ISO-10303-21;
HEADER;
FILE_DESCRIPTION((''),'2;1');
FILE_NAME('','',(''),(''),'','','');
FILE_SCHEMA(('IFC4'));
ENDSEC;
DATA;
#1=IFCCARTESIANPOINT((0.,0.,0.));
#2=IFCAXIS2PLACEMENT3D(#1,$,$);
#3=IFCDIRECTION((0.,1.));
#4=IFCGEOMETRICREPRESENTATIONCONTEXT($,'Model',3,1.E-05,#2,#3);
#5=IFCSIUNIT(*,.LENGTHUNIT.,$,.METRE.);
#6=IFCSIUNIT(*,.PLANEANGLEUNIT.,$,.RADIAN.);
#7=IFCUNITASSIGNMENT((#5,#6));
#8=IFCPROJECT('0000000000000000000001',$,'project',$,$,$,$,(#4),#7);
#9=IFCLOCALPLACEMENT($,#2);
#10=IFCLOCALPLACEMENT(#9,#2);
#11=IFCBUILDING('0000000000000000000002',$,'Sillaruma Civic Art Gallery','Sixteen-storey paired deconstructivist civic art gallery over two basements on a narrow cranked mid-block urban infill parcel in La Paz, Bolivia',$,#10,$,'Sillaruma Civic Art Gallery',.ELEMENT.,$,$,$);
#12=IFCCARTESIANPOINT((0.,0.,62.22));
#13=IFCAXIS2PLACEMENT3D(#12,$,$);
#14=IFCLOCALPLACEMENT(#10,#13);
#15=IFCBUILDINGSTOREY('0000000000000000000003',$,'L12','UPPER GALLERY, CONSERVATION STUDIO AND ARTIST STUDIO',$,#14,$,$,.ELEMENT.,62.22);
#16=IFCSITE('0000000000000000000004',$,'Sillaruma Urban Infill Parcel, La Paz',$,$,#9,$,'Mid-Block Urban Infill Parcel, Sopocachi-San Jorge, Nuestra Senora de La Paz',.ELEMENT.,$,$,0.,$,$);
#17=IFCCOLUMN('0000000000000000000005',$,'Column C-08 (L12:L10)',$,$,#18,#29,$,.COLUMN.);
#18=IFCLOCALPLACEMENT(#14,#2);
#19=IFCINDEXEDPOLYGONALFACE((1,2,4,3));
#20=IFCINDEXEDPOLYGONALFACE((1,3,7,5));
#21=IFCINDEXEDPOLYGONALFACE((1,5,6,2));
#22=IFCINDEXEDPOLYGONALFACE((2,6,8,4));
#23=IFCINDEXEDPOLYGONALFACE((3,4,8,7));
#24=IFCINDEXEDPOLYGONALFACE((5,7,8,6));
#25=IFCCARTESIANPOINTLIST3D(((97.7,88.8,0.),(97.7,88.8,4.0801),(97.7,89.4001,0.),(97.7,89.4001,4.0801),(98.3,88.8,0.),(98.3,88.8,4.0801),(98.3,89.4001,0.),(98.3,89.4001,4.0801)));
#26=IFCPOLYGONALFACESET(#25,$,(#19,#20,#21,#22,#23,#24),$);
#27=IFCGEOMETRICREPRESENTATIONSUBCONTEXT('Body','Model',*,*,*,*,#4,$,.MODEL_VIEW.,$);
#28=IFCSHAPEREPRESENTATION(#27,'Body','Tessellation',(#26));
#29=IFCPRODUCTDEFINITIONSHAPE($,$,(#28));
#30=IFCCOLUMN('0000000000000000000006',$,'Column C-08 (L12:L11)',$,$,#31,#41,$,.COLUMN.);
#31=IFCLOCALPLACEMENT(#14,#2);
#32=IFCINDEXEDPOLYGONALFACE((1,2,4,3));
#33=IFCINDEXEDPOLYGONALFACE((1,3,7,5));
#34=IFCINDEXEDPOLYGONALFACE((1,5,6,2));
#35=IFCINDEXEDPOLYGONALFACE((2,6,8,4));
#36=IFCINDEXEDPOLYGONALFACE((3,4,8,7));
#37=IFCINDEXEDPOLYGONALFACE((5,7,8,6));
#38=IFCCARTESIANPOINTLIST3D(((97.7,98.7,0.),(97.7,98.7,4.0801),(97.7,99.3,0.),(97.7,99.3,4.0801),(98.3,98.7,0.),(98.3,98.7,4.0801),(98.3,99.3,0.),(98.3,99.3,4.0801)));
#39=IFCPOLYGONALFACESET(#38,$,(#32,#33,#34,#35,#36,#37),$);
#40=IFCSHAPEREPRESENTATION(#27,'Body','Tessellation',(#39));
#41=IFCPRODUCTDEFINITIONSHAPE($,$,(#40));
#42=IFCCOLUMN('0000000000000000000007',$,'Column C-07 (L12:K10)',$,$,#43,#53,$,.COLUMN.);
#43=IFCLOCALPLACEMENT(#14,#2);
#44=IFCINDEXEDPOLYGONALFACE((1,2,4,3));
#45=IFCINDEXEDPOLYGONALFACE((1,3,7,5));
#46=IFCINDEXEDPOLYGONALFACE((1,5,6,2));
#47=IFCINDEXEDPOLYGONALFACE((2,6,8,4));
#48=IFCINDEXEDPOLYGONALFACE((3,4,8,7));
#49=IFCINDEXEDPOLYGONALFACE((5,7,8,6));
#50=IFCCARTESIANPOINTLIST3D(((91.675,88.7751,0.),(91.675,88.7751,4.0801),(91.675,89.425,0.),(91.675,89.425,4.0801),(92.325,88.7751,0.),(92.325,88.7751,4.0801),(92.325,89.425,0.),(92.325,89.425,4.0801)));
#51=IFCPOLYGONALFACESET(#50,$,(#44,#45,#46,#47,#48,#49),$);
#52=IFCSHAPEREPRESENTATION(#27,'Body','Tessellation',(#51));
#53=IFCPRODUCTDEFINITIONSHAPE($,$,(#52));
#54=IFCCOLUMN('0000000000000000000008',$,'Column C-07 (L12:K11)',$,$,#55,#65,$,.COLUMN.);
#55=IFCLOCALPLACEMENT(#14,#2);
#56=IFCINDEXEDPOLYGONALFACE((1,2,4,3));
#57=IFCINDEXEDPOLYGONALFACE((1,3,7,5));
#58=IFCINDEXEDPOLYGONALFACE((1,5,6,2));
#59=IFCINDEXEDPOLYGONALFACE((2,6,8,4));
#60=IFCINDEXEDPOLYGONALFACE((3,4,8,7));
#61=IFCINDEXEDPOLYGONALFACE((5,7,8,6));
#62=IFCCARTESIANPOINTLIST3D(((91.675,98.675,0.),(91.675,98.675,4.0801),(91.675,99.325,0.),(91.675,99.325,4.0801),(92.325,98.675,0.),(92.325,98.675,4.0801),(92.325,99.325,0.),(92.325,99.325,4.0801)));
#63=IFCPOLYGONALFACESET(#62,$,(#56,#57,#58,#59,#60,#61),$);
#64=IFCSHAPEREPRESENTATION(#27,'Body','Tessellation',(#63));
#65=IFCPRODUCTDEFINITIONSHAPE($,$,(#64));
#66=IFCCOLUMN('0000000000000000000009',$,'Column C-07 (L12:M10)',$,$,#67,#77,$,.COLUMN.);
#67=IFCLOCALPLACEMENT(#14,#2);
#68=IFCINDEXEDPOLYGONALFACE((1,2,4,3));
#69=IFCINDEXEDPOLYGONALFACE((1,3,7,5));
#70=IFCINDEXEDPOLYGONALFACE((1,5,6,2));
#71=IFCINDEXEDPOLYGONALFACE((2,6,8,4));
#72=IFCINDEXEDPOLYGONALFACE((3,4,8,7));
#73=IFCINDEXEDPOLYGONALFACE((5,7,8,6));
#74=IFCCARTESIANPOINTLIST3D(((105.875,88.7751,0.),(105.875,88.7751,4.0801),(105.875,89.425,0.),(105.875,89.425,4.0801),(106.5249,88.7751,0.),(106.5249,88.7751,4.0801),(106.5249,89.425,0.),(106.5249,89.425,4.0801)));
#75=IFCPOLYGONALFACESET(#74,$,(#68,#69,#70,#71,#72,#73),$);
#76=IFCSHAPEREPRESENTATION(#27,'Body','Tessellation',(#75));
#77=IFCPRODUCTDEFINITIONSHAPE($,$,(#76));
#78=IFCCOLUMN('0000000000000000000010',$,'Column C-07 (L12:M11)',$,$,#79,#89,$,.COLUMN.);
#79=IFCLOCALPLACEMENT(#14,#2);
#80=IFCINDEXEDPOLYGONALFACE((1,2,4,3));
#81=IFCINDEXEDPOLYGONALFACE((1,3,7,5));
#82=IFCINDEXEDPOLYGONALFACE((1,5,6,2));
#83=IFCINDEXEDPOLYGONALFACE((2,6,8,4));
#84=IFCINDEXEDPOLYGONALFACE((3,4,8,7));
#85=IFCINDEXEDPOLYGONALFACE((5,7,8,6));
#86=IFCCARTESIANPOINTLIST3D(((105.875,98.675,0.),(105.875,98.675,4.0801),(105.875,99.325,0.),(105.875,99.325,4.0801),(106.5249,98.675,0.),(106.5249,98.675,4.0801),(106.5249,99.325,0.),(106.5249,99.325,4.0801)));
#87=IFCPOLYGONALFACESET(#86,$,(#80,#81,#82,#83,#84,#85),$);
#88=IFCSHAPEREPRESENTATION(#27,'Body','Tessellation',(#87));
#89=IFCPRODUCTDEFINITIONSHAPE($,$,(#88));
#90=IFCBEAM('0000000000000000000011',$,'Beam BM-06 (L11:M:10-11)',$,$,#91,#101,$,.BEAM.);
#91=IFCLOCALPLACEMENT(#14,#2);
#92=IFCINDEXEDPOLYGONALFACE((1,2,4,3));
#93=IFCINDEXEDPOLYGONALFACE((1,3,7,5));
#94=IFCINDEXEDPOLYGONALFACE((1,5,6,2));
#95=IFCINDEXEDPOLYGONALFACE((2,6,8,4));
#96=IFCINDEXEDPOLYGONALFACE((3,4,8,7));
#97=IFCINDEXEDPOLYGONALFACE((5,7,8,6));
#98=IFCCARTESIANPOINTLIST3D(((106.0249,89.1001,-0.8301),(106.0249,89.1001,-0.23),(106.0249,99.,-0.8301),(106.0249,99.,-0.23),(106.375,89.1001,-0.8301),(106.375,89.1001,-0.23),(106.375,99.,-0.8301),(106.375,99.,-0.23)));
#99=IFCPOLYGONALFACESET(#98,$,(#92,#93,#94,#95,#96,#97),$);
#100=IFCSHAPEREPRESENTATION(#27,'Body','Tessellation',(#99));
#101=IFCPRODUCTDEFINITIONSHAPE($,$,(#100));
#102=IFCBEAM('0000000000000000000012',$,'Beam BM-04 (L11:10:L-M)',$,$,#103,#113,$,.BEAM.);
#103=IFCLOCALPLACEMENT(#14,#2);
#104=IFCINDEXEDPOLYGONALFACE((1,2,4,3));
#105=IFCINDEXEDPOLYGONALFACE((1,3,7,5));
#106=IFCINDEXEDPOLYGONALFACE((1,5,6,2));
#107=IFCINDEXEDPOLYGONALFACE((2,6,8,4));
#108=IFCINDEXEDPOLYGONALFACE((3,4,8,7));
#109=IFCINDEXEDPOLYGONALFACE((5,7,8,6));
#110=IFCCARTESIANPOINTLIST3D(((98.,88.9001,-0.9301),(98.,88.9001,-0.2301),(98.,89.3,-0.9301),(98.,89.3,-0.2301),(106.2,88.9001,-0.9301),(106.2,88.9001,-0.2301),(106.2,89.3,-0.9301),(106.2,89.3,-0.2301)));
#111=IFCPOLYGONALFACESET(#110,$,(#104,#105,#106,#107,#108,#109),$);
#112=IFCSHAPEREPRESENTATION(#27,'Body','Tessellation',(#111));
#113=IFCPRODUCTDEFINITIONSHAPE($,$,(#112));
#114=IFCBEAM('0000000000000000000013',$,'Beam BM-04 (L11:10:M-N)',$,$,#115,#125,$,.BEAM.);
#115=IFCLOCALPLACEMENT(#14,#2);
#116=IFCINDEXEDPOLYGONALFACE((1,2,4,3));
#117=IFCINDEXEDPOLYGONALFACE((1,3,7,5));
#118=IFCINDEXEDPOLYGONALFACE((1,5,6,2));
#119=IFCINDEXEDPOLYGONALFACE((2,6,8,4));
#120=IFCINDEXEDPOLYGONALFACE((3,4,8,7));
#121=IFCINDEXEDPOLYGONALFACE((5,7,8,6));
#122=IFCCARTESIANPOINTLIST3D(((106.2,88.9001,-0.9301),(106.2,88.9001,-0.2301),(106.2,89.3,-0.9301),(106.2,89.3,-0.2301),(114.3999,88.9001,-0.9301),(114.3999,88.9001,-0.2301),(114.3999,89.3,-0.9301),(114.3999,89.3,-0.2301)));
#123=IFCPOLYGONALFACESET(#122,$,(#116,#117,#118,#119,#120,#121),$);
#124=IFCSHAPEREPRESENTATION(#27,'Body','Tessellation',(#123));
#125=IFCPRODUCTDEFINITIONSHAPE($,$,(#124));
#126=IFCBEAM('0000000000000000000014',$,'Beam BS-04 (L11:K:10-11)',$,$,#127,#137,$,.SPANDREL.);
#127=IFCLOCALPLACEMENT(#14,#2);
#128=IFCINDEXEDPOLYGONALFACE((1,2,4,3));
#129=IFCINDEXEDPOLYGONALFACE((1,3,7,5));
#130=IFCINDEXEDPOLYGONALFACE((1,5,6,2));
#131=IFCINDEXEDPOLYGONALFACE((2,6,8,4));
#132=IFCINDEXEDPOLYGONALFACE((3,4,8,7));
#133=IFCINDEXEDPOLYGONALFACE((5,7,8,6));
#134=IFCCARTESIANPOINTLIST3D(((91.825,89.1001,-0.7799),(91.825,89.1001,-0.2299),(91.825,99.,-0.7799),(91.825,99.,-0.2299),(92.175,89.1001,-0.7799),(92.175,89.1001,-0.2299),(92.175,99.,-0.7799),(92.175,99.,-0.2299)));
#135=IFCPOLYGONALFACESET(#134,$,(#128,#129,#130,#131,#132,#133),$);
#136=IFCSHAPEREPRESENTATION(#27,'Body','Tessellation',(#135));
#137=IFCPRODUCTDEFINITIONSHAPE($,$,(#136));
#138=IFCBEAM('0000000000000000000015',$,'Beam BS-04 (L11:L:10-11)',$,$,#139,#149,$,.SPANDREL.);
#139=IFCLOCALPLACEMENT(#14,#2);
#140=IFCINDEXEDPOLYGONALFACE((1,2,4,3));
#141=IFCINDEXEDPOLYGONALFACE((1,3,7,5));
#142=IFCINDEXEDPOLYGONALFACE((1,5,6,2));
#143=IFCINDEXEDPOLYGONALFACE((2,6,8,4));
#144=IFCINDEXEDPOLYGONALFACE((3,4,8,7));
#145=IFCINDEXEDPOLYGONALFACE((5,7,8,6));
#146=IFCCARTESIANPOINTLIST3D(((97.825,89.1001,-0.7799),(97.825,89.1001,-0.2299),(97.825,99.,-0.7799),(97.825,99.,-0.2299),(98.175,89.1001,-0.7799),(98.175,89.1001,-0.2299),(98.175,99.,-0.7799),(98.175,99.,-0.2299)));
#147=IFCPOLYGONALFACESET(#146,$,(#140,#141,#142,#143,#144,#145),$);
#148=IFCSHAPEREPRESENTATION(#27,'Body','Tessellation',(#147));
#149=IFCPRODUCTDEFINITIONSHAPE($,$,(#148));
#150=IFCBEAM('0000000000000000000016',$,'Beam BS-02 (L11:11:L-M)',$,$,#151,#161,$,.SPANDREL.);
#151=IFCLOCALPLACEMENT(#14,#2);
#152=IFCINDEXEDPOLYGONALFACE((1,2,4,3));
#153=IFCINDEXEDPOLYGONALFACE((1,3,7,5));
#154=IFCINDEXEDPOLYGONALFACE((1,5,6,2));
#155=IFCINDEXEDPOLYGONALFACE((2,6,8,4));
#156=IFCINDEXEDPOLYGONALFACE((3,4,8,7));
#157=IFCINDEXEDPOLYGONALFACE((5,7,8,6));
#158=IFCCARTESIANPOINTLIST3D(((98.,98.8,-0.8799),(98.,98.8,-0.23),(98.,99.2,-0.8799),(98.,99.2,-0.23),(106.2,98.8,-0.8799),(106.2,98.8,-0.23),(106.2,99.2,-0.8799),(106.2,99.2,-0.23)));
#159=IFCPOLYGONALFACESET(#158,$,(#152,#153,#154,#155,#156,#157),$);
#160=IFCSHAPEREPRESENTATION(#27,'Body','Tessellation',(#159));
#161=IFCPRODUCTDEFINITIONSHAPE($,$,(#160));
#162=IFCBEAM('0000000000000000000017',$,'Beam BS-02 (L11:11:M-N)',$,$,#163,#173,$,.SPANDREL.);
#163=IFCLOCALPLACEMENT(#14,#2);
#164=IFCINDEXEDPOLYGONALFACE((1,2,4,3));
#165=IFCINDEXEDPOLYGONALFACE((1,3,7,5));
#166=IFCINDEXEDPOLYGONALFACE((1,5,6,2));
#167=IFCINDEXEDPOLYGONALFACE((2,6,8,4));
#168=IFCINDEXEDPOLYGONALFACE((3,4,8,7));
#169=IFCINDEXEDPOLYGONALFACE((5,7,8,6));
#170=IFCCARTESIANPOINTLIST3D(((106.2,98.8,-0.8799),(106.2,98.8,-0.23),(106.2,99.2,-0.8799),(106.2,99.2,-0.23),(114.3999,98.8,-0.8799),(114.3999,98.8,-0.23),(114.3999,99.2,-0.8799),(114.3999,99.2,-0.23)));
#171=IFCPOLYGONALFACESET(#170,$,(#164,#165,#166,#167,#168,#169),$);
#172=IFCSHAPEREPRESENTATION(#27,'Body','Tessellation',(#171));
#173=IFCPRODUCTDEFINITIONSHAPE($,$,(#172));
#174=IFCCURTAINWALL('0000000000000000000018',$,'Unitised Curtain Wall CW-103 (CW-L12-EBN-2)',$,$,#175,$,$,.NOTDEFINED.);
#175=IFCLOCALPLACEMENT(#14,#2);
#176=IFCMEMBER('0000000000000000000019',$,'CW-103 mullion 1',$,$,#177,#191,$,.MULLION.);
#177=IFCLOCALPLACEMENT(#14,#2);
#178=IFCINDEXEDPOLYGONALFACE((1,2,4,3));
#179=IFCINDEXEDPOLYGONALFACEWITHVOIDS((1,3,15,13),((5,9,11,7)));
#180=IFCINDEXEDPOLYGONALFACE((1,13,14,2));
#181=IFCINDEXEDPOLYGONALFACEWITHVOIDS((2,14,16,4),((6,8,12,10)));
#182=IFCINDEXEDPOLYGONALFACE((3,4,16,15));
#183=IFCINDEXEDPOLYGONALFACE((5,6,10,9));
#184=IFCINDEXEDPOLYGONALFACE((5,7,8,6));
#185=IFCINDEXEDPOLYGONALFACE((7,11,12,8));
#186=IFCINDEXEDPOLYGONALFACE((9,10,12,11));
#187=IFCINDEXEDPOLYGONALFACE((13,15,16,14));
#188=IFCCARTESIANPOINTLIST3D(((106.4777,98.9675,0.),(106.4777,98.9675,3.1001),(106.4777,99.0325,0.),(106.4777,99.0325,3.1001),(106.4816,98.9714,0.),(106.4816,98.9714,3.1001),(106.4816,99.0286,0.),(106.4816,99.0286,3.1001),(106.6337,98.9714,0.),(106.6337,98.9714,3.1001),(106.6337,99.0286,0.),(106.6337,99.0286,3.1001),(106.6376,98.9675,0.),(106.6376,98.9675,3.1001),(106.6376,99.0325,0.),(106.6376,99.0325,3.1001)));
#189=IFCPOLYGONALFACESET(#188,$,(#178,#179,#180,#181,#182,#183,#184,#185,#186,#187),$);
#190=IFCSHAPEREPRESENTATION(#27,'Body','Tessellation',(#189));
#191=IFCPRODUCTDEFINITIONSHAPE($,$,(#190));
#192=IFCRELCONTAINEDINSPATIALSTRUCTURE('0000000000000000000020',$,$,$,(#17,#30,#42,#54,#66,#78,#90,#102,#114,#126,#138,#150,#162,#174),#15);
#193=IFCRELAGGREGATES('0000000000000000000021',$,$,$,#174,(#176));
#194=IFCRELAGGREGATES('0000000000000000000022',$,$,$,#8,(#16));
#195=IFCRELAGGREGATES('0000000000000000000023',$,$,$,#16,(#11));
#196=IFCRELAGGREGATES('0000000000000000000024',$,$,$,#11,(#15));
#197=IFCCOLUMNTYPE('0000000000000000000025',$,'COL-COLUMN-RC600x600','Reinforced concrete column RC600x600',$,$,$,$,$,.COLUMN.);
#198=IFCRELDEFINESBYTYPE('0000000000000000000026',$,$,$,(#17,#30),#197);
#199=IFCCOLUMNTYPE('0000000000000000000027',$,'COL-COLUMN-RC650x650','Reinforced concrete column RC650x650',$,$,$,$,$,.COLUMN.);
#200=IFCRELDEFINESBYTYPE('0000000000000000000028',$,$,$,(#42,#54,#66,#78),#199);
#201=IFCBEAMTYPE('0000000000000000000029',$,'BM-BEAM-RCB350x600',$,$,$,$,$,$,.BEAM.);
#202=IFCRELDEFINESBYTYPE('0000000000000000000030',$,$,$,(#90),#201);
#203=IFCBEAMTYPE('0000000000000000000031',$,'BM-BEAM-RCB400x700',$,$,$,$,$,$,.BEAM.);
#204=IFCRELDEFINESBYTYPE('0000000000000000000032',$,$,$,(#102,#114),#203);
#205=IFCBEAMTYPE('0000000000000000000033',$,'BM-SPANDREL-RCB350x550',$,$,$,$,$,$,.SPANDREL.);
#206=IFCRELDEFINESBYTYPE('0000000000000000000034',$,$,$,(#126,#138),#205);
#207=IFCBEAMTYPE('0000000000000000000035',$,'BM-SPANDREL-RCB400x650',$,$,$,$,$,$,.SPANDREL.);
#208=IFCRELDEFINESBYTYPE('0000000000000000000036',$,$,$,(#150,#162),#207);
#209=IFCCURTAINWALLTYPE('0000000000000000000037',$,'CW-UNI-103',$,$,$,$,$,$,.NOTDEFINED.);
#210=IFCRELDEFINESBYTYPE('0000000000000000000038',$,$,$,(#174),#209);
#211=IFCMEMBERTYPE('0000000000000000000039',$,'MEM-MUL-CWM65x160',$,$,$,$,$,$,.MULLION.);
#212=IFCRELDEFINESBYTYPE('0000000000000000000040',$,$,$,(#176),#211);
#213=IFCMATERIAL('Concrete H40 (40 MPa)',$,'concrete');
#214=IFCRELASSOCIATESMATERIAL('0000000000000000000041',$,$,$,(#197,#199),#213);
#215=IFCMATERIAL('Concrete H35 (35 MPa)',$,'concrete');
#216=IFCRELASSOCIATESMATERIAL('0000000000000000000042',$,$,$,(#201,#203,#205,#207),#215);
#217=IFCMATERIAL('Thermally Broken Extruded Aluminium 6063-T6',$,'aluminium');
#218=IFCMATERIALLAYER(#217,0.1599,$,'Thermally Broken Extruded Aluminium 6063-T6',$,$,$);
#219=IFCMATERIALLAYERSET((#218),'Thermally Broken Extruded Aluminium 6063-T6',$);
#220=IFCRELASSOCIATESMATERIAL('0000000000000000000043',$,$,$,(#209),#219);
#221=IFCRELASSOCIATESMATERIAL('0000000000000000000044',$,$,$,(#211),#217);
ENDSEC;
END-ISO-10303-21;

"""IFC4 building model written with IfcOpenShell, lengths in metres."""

from ifc_helpers import new_model, si_unit, direction, frame, origin, origin_2d, place, context, subcontext, project, spatial, rectangle, hollow_rectangle, extrude, material, layer, layer_set, material_profile, profile_set, type_object, element, aggregate, save


model = new_model("IFC4")

# Units and contexts
model_context = context("Model", 3, precision=1e-05, world=origin(), true_north=direction((0.0, 1.0)))
body_context = subcontext(model_context, "Body", "Model", "MODEL_VIEW")
ifc_project = project(units=[si_unit("LENGTHUNIT", "METRE"), si_unit("PLANEANGLEUNIT", "RADIAN")], contexts=[model_context])

# Site, building, storey
site_placement = place(None, origin())
site = spatial("IfcSite", under=ifc_project, at=site_placement, Name="Sillaruma Urban Infill Parcel, La Paz", LongName="Mid-Block Urban Infill Parcel, Sopocachi-San Jorge, Nuestra Senora de La Paz", CompositionType="ELEMENT", RefElevation=0.0)
building_placement = place(site_placement, origin())
building = spatial("IfcBuilding", under=site, at=building_placement, Name="Sillaruma Civic Art Gallery", Description="Sixteen-storey paired deconstructivist civic art gallery over two basements on a narrow cranked mid-block urban infill parcel in La Paz, Bolivia", LongName="Sillaruma Civic Art Gallery", CompositionType="ELEMENT")
storey_placement = place(building_placement, frame((0.0, 0.0, 62.22)))
storey = spatial("IfcBuildingStorey", under=building, at=storey_placement, Name="L12", Description="UPPER GALLERY, CONSERVATION STUDIO AND ARTIST STUDIO", CompositionType="ELEMENT", Elevation=62.22)

# Columns
ifc_material_1 = material(Name="Concrete H40 (40 MPa)", Category="concrete")
ifc_material_profile_1 = material_profile(ifc_material_1, rectangle(XDim=0.6001, YDim=0.6001, at=origin_2d()), Name="RC600x600")
ifc_profile_set_1 = profile_set([ifc_material_profile_1], Name="Concrete H40 (40 MPa)")
column_type_1 = type_object("IfcColumnType", Name="COL-COLUMN-RC600x600", Description="Reinforced concrete column RC600x600", PredefinedType="COLUMN", material=ifc_profile_set_1)
for number, where, z_axis, x_axis, name in (
    (1, (98.0, 89.1001, 0.0), (0.0, 0.0, 1.0), (1.0, 0.0, 0.0), "Column C-08 (L12:L10)"),
    (2, (98.0, 99.0, 0.0), (0.0, 0.0, 1.0), (1.0, 0.0, 0.0), "Column C-08 (L12:L11)"),
):
    element("IfcColumn", number, at=place(storey_placement, frame(where, z_axis=z_axis, x_axis=x_axis)), inside=storey, type_object=column_type_1, Name=name, PredefinedType="COLUMN", context=body_context, shape_type="SweptSolid", body=[
        extrude(rectangle(XDim=0.6001, YDim=0.6001, at=origin_2d()), origin(), (0.0, 0.0, 1.0), 4.0801),
    ])
ifc_material_profile_2 = material_profile(ifc_material_1, rectangle(XDim=0.6499, YDim=0.6499, at=origin_2d()), Name="RC650x650")
ifc_profile_set_2 = profile_set([ifc_material_profile_2], Name="Concrete H40 (40 MPa)")
column_type_2 = type_object("IfcColumnType", Name="COL-COLUMN-RC650x650", Description="Reinforced concrete column RC650x650", PredefinedType="COLUMN", material=ifc_profile_set_2)
for number, where, z_axis, x_axis, name in (
    (3, (92.0, 89.1001, 0.0), (0.0, 0.0, 1.0), (1.0, 0.0, 0.0), "Column C-07 (L12:K10)"),
    (4, (92.0, 99.0, 0.0), (0.0, 0.0, 1.0), (1.0, 0.0, 0.0), "Column C-07 (L12:K11)"),
    (5, (106.2, 89.1001, 0.0), (0.0, 0.0, 1.0), (1.0, 0.0, 0.0), "Column C-07 (L12:M10)"),
    (6, (106.2, 99.0, 0.0), (0.0, 0.0, 1.0), (1.0, 0.0, 0.0), "Column C-07 (L12:M11)"),
):
    element("IfcColumn", number, at=place(storey_placement, frame(where, z_axis=z_axis, x_axis=x_axis)), inside=storey, type_object=column_type_2, Name=name, PredefinedType="COLUMN", context=body_context, shape_type="SweptSolid", body=[
        extrude(rectangle(XDim=0.6499, YDim=0.6499, at=origin_2d()), origin(), (0.0, 0.0, 1.0), 4.0801),
    ])

# Beams
ifc_material_2 = material(Name="Concrete H35 (35 MPa)", Category="concrete")
ifc_material_profile_3 = material_profile(ifc_material_2, rectangle(XDim=0.3501, YDim=0.6001, at=origin_2d()), Name="RCB350x600")
ifc_profile_set_3 = profile_set([ifc_material_profile_3], Name="Concrete H35 (35 MPa)")
beam_type_1 = type_object("IfcBeamType", Name="BM-BEAM-RCB350x600", PredefinedType="BEAM", material=ifc_profile_set_3)
beam_placement = place(storey_placement, frame((106.2, 89.1001, -0.53), z_axis=(0.0, 1.0, 0.0), x_axis=(-1.0, 0.0, 0.0)))
element("IfcBeam", 7, at=beam_placement, inside=storey, type_object=beam_type_1, Name="Beam BM-06 (L11:M:10-11)", PredefinedType="BEAM", context=body_context, shape_type="SweptSolid", body=[
    extrude(rectangle(XDim=0.3501, YDim=0.6001, at=origin_2d()), origin(), (0.0, 0.0, 1.0), 9.8999),
])
ifc_material_profile_4 = material_profile(ifc_material_2, rectangle(XDim=0.3999, YDim=0.7, at=origin_2d()), Name="RCB400x700")
ifc_profile_set_4 = profile_set([ifc_material_profile_4], Name="Concrete H35 (35 MPa)")
beam_type_2 = type_object("IfcBeamType", Name="BM-BEAM-RCB400x700", PredefinedType="BEAM", material=ifc_profile_set_4)
for number, where, z_axis, x_axis, name in (
    (8, (98.0, 89.1001, -0.5801), (1.0, 0.0, 0.0), (0.0, 1.0, 0.0), "Beam BM-04 (L11:10:L-M)"),
    (9, (106.2, 89.1001, -0.5801), (1.0, 0.0, 0.0), (0.0, 1.0, 0.0), "Beam BM-04 (L11:10:M-N)"),
):
    element("IfcBeam", number, at=place(storey_placement, frame(where, z_axis=z_axis, x_axis=x_axis)), inside=storey, type_object=beam_type_2, Name=name, PredefinedType="BEAM", context=body_context, shape_type="SweptSolid", body=[
        extrude(rectangle(XDim=0.3999, YDim=0.7, at=origin_2d()), origin(), (0.0, 0.0, 1.0), 8.2),
    ])
ifc_material_profile_5 = material_profile(ifc_material_2, rectangle(XDim=0.3501, YDim=0.55, at=origin_2d()), Name="RCB350x550")
ifc_profile_set_5 = profile_set([ifc_material_profile_5], Name="Concrete H35 (35 MPa)")
beam_type_3 = type_object("IfcBeamType", Name="BM-SPANDREL-RCB350x550", PredefinedType="SPANDREL", material=ifc_profile_set_5)
for number, where, z_axis, x_axis, name in (
    (10, (92.0, 89.1001, -0.5049), (0.0, 1.0, 0.0), (-1.0, 0.0, 0.0), "Beam BS-04 (L11:K:10-11)"),
    (11, (98.0, 89.1001, -0.5049), (0.0, 1.0, 0.0), (-1.0, 0.0, 0.0), "Beam BS-04 (L11:L:10-11)"),
):
    element("IfcBeam", number, at=place(storey_placement, frame(where, z_axis=z_axis, x_axis=x_axis)), inside=storey, type_object=beam_type_3, Name=name, PredefinedType="SPANDREL", context=body_context, shape_type="SweptSolid", body=[
        extrude(rectangle(XDim=0.3501, YDim=0.55, at=origin_2d()), origin(), (0.0, 0.0, 1.0), 9.8999),
    ])
ifc_material_profile_6 = material_profile(ifc_material_2, rectangle(XDim=0.3999, YDim=0.6499, at=origin_2d()), Name="RCB400x650")
ifc_profile_set_6 = profile_set([ifc_material_profile_6], Name="Concrete H35 (35 MPa)")
beam_type_4 = type_object("IfcBeamType", Name="BM-SPANDREL-RCB400x650", PredefinedType="SPANDREL", material=ifc_profile_set_6)
for number, where, z_axis, x_axis, name in (
    (12, (98.0, 99.0, -0.5549), (1.0, 0.0, 0.0), (0.0, 1.0, 0.0), "Beam BS-02 (L11:11:L-M)"),
    (13, (106.2, 99.0, -0.5549), (1.0, 0.0, 0.0), (0.0, 1.0, 0.0), "Beam BS-02 (L11:11:M-N)"),
):
    element("IfcBeam", number, at=place(storey_placement, frame(where, z_axis=z_axis, x_axis=x_axis)), inside=storey, type_object=beam_type_4, Name=name, PredefinedType="SPANDREL", context=body_context, shape_type="SweptSolid", body=[
        extrude(rectangle(XDim=0.3999, YDim=0.6499, at=origin_2d()), origin(), (0.0, 0.0, 1.0), 8.2),
    ])

# Curtain wall, member
ifc_material_3 = material(Name="Thermally Broken Extruded Aluminium 6063-T6", Category="aluminium")
ifc_layer_1 = layer(ifc_material_3, 0.1599, Name="Thermally Broken Extruded Aluminium 6063-T6")
ifc_layer_set_1 = layer_set([ifc_layer_1], Name="Thermally Broken Extruded Aluminium 6063-T6")
curtain_wall_type = type_object("IfcCurtainWallType", Name="CW-UNI-103", PredefinedType="NOTDEFINED", material=ifc_layer_set_1)
curtain_wall_placement = place(storey_placement, origin())
curtain_wall = element("IfcCurtainWall", 14, at=curtain_wall_placement, inside=storey, type_object=curtain_wall_type, Name="Unitised Curtain Wall CW-103 (CW-L12-EBN-2)", PredefinedType="NOTDEFINED")
ifc_material_profile_7 = material_profile(ifc_material_3, hollow_rectangle(XDim=0.0649, YDim=0.1599, WallThickness=0.0039, at=origin_2d()), Name="CWM65x160")
ifc_profile_set_7 = profile_set([ifc_material_profile_7], Name="Thermally Broken Extruded Aluminium 6063-T6")
member_type = type_object("IfcMemberType", Name="MEM-MUL-CWM65x160", PredefinedType="MULLION", material=ifc_profile_set_7)
member_placement = place(storey_placement, frame((106.5576, 99.0, 0.0), z_axis=(0.0, 0.0, 1.0), x_axis=(0.0, 1.0, 0.0)))
member = element("IfcMember", 15, at=member_placement, type_object=member_type, Name="CW-103 mullion 1", PredefinedType="MULLION", context=body_context, shape_type="SweptSolid", body=[
    extrude(hollow_rectangle(XDim=0.0649, YDim=0.1599, WallThickness=0.0039, at=origin_2d()), origin(), (0.0, 0.0, 1.0), 3.1001),
])
aggregate(curtain_wall, [member])

save(model, "model.ifc")
